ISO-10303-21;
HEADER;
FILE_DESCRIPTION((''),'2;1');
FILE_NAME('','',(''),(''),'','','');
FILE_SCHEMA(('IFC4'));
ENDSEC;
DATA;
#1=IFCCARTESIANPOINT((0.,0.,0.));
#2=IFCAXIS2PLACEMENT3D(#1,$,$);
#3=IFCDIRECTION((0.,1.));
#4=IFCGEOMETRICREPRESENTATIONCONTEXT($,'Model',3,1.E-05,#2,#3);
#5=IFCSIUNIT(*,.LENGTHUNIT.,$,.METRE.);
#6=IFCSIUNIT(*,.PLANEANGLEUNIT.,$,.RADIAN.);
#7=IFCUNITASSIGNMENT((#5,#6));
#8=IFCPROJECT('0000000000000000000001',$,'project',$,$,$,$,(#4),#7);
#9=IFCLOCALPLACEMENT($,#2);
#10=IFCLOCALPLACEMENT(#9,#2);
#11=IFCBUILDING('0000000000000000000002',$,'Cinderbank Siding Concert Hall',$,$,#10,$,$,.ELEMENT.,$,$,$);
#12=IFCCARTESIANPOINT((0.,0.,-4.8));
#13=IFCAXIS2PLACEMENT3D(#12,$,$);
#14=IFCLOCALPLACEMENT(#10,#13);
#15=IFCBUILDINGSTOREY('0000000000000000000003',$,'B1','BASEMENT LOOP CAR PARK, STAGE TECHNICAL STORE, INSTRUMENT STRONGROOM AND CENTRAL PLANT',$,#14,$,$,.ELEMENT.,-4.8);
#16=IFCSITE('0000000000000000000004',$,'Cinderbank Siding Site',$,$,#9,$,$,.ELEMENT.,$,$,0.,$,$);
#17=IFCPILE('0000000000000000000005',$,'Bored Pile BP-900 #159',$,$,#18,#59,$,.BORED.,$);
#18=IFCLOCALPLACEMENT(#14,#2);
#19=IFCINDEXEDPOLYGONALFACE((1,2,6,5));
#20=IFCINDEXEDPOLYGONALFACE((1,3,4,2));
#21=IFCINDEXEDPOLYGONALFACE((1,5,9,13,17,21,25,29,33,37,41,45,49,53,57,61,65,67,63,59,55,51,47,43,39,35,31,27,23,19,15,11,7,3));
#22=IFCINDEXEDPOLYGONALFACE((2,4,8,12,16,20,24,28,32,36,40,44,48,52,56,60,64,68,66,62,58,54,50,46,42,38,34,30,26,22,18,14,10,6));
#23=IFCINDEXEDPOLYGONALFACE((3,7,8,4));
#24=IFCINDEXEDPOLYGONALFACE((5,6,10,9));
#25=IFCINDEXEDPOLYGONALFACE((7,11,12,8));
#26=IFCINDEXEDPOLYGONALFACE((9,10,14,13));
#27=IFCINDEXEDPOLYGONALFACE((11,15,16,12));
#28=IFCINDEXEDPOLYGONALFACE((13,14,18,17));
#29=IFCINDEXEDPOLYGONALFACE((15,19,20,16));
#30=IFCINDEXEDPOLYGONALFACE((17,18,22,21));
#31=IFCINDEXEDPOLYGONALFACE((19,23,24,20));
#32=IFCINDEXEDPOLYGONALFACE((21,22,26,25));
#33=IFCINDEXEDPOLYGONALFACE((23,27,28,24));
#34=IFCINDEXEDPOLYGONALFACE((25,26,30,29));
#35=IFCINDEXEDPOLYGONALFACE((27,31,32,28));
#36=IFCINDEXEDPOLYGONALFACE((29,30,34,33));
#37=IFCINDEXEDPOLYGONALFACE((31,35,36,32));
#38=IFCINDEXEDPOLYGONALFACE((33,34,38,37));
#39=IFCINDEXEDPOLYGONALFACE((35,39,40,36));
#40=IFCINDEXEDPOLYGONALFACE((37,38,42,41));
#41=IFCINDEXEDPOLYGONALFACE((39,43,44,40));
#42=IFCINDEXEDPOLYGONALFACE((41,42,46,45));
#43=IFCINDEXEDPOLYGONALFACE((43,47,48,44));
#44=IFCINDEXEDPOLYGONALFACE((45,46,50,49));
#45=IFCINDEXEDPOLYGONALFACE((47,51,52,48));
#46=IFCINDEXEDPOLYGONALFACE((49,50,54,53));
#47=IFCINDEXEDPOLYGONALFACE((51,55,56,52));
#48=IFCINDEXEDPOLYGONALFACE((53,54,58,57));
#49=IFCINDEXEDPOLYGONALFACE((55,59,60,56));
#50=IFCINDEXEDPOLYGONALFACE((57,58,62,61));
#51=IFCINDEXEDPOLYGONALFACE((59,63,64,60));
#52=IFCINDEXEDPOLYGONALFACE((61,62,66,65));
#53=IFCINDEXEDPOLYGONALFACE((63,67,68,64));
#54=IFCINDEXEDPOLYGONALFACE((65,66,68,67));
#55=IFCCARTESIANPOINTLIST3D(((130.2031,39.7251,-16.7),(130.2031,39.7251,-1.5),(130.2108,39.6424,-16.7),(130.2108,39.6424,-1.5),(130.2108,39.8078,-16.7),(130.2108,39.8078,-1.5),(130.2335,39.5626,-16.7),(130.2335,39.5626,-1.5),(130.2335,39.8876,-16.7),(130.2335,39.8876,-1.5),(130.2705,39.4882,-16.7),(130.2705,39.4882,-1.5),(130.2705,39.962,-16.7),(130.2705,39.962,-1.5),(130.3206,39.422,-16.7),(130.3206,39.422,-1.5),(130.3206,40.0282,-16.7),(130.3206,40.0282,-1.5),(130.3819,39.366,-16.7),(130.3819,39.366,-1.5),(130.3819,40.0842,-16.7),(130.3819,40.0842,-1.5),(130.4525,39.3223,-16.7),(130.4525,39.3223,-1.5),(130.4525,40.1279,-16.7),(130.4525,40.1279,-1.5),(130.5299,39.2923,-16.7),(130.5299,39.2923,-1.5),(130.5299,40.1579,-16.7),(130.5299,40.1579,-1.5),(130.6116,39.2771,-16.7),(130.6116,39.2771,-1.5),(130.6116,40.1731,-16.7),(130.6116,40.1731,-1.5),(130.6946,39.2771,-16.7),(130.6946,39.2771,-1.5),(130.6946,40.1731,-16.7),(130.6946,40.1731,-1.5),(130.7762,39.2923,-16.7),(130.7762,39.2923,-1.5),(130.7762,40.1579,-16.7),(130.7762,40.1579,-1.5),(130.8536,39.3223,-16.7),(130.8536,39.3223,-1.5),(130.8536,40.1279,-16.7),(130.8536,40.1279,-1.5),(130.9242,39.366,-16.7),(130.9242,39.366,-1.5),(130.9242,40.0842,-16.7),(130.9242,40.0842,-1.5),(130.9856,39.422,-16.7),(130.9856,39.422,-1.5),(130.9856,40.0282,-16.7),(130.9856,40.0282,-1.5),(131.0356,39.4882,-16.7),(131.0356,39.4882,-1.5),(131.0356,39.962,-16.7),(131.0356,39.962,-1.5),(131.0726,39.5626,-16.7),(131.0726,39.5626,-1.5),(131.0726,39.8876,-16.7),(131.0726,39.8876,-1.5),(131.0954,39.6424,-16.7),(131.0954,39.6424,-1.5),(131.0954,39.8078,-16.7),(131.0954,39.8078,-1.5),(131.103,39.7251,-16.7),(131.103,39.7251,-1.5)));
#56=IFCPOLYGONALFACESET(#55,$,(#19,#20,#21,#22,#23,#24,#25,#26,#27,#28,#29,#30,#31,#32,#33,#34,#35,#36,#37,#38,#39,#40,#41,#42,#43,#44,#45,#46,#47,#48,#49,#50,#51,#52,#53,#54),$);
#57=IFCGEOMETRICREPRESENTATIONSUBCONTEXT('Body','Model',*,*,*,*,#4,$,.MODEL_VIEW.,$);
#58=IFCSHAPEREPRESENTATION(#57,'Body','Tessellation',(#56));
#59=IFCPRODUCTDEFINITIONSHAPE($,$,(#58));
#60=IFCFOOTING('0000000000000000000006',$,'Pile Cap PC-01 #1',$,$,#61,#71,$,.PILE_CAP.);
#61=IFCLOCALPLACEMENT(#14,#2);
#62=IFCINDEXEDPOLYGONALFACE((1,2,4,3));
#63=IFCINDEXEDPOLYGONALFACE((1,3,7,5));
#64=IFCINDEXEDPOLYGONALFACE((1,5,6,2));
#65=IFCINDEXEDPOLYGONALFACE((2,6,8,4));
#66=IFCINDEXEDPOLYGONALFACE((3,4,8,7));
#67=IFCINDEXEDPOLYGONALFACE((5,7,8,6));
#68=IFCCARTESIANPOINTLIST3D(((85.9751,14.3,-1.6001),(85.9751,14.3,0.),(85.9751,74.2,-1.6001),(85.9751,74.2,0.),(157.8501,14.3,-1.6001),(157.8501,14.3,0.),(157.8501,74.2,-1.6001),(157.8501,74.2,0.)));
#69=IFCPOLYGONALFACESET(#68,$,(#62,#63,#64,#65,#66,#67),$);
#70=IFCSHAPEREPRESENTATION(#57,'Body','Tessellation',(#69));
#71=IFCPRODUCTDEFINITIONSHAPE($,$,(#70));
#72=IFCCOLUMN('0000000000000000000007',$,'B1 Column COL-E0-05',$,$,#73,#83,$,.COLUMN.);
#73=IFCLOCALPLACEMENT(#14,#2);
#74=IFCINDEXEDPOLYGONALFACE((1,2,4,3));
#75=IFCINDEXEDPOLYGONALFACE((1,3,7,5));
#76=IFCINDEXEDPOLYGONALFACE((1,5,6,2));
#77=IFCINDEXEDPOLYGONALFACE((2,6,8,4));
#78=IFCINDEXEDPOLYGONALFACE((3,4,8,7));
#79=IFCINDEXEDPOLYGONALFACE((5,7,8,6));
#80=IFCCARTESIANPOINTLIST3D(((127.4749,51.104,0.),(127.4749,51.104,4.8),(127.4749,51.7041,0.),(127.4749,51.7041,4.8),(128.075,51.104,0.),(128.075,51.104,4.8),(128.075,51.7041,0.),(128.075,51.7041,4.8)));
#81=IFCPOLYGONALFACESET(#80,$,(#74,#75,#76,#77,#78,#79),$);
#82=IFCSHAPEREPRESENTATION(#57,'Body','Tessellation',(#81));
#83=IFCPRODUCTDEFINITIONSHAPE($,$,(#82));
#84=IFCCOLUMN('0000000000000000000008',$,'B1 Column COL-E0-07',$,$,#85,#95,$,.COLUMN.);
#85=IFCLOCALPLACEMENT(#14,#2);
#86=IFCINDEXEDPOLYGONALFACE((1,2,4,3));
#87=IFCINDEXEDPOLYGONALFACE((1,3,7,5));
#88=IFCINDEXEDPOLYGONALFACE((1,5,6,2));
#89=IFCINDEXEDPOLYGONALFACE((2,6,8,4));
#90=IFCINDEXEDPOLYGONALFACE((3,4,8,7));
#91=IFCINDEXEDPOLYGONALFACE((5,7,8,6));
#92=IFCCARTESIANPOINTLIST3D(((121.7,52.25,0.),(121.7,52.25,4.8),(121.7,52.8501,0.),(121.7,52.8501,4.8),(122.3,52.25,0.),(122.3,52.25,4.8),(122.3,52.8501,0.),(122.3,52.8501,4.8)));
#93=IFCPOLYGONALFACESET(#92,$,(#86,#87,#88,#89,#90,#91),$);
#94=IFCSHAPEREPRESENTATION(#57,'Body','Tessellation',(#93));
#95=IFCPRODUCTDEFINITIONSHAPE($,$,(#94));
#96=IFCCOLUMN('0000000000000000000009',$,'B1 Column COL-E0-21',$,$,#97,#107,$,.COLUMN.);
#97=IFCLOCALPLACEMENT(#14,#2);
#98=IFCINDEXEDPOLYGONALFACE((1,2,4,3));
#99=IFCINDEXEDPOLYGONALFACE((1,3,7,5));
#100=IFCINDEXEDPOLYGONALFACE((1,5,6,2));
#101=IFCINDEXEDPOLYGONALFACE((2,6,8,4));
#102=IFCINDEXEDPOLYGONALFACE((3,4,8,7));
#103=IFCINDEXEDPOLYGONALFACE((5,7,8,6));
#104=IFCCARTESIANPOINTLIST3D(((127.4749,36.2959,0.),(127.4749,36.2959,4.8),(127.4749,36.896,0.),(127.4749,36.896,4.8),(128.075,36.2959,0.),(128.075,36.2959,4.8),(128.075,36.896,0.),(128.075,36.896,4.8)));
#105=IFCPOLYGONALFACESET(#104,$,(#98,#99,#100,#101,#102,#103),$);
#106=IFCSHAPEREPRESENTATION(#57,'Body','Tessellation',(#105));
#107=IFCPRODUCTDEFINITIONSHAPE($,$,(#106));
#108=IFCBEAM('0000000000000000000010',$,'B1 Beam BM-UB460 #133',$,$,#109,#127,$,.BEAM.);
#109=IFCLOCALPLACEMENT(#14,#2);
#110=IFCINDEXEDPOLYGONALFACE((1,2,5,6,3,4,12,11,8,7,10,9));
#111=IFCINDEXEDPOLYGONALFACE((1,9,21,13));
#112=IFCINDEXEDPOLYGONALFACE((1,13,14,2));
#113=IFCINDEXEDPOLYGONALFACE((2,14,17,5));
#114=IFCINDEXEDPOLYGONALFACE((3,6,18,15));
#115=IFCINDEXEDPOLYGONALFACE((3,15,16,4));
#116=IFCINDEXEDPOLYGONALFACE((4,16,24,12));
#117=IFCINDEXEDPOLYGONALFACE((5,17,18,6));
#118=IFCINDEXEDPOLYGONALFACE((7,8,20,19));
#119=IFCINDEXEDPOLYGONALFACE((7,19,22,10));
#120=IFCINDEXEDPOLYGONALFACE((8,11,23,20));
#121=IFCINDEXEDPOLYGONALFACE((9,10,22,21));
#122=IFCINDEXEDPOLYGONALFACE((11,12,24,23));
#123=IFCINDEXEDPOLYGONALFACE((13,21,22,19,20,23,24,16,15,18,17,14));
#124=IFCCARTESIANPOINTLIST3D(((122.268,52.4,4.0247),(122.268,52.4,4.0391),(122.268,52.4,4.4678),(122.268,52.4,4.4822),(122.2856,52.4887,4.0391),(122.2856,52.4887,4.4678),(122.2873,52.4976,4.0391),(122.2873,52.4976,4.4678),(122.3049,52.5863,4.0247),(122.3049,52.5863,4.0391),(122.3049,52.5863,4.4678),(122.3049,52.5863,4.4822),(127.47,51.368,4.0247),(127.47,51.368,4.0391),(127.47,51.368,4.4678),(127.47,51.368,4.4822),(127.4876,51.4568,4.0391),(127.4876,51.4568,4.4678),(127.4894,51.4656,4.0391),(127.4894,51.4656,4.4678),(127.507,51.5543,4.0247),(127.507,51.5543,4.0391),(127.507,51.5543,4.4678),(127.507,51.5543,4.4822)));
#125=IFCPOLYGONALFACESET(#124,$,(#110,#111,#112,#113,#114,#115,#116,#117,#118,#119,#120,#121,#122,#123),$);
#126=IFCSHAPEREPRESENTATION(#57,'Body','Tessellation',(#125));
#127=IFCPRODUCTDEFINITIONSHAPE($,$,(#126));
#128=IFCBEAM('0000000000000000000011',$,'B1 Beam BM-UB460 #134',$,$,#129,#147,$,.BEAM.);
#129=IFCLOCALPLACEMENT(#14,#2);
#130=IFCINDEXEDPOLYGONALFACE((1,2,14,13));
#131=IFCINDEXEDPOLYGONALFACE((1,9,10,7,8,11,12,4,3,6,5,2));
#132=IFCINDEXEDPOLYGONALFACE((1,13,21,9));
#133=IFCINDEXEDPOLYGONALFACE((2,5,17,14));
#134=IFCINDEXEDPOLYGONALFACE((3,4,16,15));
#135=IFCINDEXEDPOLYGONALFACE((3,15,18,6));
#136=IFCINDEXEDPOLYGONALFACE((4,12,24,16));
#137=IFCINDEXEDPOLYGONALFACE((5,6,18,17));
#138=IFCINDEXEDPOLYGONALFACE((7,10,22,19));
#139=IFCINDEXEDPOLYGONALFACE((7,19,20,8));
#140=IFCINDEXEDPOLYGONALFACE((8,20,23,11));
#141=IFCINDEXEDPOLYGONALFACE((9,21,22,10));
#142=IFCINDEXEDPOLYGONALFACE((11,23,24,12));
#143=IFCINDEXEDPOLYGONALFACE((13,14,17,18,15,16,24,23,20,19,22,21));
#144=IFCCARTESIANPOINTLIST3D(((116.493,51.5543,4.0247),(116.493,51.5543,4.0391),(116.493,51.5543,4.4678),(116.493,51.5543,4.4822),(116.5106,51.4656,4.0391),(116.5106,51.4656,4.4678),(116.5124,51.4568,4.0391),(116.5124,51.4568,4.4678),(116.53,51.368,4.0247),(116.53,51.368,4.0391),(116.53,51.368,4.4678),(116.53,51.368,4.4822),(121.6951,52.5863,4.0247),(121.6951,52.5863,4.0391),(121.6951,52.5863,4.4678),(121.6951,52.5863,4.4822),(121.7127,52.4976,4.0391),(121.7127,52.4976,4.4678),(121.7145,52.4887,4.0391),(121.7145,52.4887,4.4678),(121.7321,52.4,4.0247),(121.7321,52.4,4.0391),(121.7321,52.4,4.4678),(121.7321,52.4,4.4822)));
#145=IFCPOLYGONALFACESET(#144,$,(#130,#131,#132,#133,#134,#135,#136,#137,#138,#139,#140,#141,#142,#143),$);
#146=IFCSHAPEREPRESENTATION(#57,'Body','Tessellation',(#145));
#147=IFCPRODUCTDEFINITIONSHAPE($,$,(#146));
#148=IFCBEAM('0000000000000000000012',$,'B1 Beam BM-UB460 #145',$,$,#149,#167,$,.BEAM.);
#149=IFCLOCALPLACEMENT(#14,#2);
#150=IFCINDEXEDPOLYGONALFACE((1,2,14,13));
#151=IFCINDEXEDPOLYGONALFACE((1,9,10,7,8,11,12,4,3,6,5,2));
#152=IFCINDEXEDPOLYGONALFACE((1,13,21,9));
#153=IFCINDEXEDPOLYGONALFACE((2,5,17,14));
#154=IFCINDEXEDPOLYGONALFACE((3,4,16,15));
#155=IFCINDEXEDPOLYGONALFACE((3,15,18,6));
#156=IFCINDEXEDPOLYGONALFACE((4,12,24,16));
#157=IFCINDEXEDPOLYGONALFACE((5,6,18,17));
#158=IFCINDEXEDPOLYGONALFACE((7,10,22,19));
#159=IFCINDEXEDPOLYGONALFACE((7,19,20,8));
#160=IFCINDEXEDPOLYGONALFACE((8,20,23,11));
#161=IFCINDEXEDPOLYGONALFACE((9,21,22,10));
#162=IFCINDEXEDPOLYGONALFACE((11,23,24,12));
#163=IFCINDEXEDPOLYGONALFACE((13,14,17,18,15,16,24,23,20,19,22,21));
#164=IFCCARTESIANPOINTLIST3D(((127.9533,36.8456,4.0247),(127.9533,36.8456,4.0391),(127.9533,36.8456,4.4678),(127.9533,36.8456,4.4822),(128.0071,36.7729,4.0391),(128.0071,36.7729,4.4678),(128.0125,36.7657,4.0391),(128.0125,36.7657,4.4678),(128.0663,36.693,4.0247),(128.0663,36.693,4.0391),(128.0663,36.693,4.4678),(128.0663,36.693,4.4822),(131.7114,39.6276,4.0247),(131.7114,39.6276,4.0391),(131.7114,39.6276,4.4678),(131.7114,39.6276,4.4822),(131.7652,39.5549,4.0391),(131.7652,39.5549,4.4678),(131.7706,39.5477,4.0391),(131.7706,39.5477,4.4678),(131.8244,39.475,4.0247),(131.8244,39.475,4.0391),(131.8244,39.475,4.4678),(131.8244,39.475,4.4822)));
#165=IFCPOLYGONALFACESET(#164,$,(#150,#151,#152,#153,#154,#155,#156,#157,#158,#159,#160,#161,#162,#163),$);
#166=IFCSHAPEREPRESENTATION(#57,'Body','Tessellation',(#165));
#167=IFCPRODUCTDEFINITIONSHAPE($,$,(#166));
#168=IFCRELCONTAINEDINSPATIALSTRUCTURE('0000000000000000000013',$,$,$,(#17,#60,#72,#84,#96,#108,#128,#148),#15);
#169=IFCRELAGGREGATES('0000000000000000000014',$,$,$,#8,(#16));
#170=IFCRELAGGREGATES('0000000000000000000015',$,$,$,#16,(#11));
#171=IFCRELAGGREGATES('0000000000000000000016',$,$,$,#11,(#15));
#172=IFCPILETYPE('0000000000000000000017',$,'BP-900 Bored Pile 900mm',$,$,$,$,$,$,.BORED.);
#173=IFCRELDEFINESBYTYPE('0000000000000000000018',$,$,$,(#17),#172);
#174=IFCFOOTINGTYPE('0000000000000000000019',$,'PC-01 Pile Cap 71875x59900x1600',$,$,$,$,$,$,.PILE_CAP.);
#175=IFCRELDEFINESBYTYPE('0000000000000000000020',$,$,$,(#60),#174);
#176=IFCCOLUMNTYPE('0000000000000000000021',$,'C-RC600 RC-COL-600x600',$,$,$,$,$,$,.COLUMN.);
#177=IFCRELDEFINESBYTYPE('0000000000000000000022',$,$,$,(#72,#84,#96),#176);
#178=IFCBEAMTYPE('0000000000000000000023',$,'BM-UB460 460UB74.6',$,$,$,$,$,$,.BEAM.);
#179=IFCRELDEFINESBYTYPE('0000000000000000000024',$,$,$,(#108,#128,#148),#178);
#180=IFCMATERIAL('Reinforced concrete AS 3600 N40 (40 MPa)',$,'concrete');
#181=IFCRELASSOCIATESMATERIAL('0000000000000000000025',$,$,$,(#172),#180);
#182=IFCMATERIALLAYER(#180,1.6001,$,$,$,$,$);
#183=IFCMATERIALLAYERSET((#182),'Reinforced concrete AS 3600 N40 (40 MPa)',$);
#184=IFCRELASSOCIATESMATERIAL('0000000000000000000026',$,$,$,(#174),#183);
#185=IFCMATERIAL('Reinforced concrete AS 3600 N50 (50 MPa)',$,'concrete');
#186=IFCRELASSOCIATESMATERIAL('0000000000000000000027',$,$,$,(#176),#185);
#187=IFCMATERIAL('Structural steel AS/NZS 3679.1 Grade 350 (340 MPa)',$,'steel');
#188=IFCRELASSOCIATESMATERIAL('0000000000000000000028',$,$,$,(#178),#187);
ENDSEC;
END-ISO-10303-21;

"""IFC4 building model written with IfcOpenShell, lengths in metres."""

from ifc_helpers import new_model, si_unit, direction, frame, origin, origin_2d, place, context, subcontext, project, spatial, rectangle, circle, i_section, extrude, material, layer, layer_set, material_profile, profile_set, type_object, element, save


model = new_model("IFC4")

# Units and contexts
model_context = context("Model", 3, precision=1e-05, world=origin(), true_north=direction((0.0, 1.0)))
body_context = subcontext(model_context, "Body", "Model", "MODEL_VIEW")
ifc_project = project(units=[si_unit("LENGTHUNIT", "METRE"), si_unit("PLANEANGLEUNIT", "RADIAN")], contexts=[model_context])

# Site, building, storey
site_placement = place(None, origin())
site = spatial("IfcSite", under=ifc_project, at=site_placement, Name="Cinderbank Siding Site", CompositionType="ELEMENT", RefElevation=0.0)
building_placement = place(site_placement, origin())
building = spatial("IfcBuilding", under=site, at=building_placement, Name="Cinderbank Siding Concert Hall", CompositionType="ELEMENT")
storey_placement = place(building_placement, frame((0.0, 0.0, -4.8)))
storey = spatial("IfcBuildingStorey", under=building, at=storey_placement, Name="B1", Description="BASEMENT LOOP CAR PARK, STAGE TECHNICAL STORE, INSTRUMENT STRONGROOM AND CENTRAL PLANT", CompositionType="ELEMENT", Elevation=-4.8)

# Pile
ifc_material_1 = material(Name="Reinforced concrete AS 3600 N40 (40 MPa)", Category="concrete")
ifc_material_profile_1 = material_profile(ifc_material_1, circle(Radius=0.45, at=origin_2d()), Name="PILE-900DIA", Category="LoadBearing")
ifc_profile_set_1 = profile_set([ifc_material_profile_1], Name="Reinforced concrete AS 3600 N40 (40 MPa)")
pile_type = type_object("IfcPileType", Name="BP-900 Bored Pile 900mm", PredefinedType="BORED", material=ifc_profile_set_1)
for number, where, z_axis, x_axis, name in (
    (1, (130.6531, 39.7251, -1.5), (0.0, 0.0, -1.0), (1.0, 0.0, 0.0), "Bored Pile BP-900 #159"),
):
    element("IfcPile", number, at=place(storey_placement, frame(where, z_axis=z_axis, x_axis=x_axis)), inside=storey, type_object=pile_type, Name=name, PredefinedType="BORED", context=body_context, shape_type="SweptSolid", body=[
        extrude(circle(Radius=0.45, at=origin_2d()), origin(), (0.0, 0.0, 1.0), 15.2),
    ])

# Footing
ifc_layer_1 = layer(ifc_material_1, 1.6001)
ifc_layer_set_1 = layer_set([ifc_layer_1], Name="Reinforced concrete AS 3600 N40 (40 MPa)")
footing_type = type_object("IfcFootingType", Name="PC-01 Pile Cap 71875x59900x1600", PredefinedType="PILE_CAP", material=ifc_layer_set_1)
footing_placement = place(storey_placement, frame((121.9126, 44.25, -1.6001), z_axis=(0.0, 0.0, 1.0), x_axis=(1.0, 0.0, 0.0)))
element("IfcFooting", 2, at=footing_placement, inside=storey, type_object=footing_type, Name="Pile Cap PC-01 #1", PredefinedType="PILE_CAP", context=body_context, shape_type="SweptSolid", body=[
    extrude(rectangle(XDim=71.875, YDim=59.8999, at=origin_2d()), origin(), (0.0, 0.0, 1.0), 1.6001),
])

# Columns
ifc_material_2 = material(Name="Reinforced concrete AS 3600 N50 (50 MPa)", Category="concrete")
ifc_material_profile_2 = material_profile(ifc_material_2, rectangle(XDim=0.6001, YDim=0.6001, at=origin_2d()), Name="RC-COL-600x600", Category="LoadBearing")
ifc_profile_set_2 = profile_set([ifc_material_profile_2], Name="Reinforced concrete AS 3600 N50 (50 MPa)")
column_type = type_object("IfcColumnType", Name="C-RC600 RC-COL-600x600", PredefinedType="COLUMN", material=ifc_profile_set_2)
for number, where, z_axis, x_axis, name in (
    (3, (127.7749, 51.4041, 0.0), (0.0, 0.0, 1.0), (1.0, 0.0, 0.0), "B1 Column COL-E0-05"),
    (4, (122.0, 52.55, 0.0), (0.0, 0.0, 1.0), (1.0, 0.0, 0.0), "B1 Column COL-E0-07"),
    (5, (127.7749, 36.5959, 0.0), (0.0, 0.0, 1.0), (1.0, 0.0, 0.0), "B1 Column COL-E0-21"),
):
    element("IfcColumn", number, at=place(storey_placement, frame(where, z_axis=z_axis, x_axis=x_axis)), inside=storey, type_object=column_type, Name=name, PredefinedType="COLUMN", context=body_context, shape_type="SweptSolid", body=[
        extrude(rectangle(XDim=0.6001, YDim=0.6001, at=origin_2d()), origin(), (0.0, 0.0, 1.0), 4.8),
    ])

# Beams
ifc_material_3 = material(Name="Structural steel AS/NZS 3679.1 Grade 350 (340 MPa)", Category="steel")
ifc_material_profile_3 = material_profile(ifc_material_3, i_section(OverallWidth=0.1899, OverallDepth=0.4575, WebThickness=0.009, FlangeThickness=0.0144, at=origin_2d()), Name="460UB74.6", Category="LoadBearing")
ifc_profile_set_3 = profile_set([ifc_material_profile_3], Name="Structural steel AS/NZS 3679.1 Grade 350 (340 MPa)")
beam_type = type_object("IfcBeamType", Name="BM-UB460 460UB74.6", PredefinedType="BEAM", material=ifc_profile_set_3)
for number, where, z_axis, x_axis, name in (
    (6, (127.4885, 51.4612, 4.2534), (-0.980886, 0.194584, 0.0), (-0.194584, -0.980886, 0.0), "B1 Beam BM-UB460 #133"),
    (7, (121.7136, 52.4932, 4.2534), (-0.980886, -0.194584, 0.0), (0.194584, -0.980886, 0.0), "B1 Beam BM-UB460 #134"),
):
    element("IfcBeam", number, at=place(storey_placement, frame(where, z_axis=z_axis, x_axis=x_axis)), inside=storey, type_object=beam_type, Name=name, PredefinedType="BEAM", context=body_context, shape_type="SweptSolid", body=[
        extrude(i_section(OverallWidth=0.1899, OverallDepth=0.4575, WebThickness=0.009, FlangeThickness=0.0144, at=origin_2d()), origin(), (0.0, 0.0, 1.0), 5.3035),
    ])
beam_placement = place(storey_placement, frame((128.0098, 36.7693, 4.2534), z_axis=(0.803738, 0.594984, 0.0), x_axis=(-0.594984, 0.803738, 0.0)))
element("IfcBeam", 8, at=beam_placement, inside=storey, type_object=beam_type, Name="B1 Beam BM-UB460 #145", PredefinedType="BEAM", context=body_context, shape_type="SweptSolid", body=[
    extrude(i_section(OverallWidth=0.1899, OverallDepth=0.4575, WebThickness=0.009, FlangeThickness=0.0144, at=origin_2d()), origin(), (0.0, 0.0, 1.0), 4.6758),
])

save(model, "model.ifc")
